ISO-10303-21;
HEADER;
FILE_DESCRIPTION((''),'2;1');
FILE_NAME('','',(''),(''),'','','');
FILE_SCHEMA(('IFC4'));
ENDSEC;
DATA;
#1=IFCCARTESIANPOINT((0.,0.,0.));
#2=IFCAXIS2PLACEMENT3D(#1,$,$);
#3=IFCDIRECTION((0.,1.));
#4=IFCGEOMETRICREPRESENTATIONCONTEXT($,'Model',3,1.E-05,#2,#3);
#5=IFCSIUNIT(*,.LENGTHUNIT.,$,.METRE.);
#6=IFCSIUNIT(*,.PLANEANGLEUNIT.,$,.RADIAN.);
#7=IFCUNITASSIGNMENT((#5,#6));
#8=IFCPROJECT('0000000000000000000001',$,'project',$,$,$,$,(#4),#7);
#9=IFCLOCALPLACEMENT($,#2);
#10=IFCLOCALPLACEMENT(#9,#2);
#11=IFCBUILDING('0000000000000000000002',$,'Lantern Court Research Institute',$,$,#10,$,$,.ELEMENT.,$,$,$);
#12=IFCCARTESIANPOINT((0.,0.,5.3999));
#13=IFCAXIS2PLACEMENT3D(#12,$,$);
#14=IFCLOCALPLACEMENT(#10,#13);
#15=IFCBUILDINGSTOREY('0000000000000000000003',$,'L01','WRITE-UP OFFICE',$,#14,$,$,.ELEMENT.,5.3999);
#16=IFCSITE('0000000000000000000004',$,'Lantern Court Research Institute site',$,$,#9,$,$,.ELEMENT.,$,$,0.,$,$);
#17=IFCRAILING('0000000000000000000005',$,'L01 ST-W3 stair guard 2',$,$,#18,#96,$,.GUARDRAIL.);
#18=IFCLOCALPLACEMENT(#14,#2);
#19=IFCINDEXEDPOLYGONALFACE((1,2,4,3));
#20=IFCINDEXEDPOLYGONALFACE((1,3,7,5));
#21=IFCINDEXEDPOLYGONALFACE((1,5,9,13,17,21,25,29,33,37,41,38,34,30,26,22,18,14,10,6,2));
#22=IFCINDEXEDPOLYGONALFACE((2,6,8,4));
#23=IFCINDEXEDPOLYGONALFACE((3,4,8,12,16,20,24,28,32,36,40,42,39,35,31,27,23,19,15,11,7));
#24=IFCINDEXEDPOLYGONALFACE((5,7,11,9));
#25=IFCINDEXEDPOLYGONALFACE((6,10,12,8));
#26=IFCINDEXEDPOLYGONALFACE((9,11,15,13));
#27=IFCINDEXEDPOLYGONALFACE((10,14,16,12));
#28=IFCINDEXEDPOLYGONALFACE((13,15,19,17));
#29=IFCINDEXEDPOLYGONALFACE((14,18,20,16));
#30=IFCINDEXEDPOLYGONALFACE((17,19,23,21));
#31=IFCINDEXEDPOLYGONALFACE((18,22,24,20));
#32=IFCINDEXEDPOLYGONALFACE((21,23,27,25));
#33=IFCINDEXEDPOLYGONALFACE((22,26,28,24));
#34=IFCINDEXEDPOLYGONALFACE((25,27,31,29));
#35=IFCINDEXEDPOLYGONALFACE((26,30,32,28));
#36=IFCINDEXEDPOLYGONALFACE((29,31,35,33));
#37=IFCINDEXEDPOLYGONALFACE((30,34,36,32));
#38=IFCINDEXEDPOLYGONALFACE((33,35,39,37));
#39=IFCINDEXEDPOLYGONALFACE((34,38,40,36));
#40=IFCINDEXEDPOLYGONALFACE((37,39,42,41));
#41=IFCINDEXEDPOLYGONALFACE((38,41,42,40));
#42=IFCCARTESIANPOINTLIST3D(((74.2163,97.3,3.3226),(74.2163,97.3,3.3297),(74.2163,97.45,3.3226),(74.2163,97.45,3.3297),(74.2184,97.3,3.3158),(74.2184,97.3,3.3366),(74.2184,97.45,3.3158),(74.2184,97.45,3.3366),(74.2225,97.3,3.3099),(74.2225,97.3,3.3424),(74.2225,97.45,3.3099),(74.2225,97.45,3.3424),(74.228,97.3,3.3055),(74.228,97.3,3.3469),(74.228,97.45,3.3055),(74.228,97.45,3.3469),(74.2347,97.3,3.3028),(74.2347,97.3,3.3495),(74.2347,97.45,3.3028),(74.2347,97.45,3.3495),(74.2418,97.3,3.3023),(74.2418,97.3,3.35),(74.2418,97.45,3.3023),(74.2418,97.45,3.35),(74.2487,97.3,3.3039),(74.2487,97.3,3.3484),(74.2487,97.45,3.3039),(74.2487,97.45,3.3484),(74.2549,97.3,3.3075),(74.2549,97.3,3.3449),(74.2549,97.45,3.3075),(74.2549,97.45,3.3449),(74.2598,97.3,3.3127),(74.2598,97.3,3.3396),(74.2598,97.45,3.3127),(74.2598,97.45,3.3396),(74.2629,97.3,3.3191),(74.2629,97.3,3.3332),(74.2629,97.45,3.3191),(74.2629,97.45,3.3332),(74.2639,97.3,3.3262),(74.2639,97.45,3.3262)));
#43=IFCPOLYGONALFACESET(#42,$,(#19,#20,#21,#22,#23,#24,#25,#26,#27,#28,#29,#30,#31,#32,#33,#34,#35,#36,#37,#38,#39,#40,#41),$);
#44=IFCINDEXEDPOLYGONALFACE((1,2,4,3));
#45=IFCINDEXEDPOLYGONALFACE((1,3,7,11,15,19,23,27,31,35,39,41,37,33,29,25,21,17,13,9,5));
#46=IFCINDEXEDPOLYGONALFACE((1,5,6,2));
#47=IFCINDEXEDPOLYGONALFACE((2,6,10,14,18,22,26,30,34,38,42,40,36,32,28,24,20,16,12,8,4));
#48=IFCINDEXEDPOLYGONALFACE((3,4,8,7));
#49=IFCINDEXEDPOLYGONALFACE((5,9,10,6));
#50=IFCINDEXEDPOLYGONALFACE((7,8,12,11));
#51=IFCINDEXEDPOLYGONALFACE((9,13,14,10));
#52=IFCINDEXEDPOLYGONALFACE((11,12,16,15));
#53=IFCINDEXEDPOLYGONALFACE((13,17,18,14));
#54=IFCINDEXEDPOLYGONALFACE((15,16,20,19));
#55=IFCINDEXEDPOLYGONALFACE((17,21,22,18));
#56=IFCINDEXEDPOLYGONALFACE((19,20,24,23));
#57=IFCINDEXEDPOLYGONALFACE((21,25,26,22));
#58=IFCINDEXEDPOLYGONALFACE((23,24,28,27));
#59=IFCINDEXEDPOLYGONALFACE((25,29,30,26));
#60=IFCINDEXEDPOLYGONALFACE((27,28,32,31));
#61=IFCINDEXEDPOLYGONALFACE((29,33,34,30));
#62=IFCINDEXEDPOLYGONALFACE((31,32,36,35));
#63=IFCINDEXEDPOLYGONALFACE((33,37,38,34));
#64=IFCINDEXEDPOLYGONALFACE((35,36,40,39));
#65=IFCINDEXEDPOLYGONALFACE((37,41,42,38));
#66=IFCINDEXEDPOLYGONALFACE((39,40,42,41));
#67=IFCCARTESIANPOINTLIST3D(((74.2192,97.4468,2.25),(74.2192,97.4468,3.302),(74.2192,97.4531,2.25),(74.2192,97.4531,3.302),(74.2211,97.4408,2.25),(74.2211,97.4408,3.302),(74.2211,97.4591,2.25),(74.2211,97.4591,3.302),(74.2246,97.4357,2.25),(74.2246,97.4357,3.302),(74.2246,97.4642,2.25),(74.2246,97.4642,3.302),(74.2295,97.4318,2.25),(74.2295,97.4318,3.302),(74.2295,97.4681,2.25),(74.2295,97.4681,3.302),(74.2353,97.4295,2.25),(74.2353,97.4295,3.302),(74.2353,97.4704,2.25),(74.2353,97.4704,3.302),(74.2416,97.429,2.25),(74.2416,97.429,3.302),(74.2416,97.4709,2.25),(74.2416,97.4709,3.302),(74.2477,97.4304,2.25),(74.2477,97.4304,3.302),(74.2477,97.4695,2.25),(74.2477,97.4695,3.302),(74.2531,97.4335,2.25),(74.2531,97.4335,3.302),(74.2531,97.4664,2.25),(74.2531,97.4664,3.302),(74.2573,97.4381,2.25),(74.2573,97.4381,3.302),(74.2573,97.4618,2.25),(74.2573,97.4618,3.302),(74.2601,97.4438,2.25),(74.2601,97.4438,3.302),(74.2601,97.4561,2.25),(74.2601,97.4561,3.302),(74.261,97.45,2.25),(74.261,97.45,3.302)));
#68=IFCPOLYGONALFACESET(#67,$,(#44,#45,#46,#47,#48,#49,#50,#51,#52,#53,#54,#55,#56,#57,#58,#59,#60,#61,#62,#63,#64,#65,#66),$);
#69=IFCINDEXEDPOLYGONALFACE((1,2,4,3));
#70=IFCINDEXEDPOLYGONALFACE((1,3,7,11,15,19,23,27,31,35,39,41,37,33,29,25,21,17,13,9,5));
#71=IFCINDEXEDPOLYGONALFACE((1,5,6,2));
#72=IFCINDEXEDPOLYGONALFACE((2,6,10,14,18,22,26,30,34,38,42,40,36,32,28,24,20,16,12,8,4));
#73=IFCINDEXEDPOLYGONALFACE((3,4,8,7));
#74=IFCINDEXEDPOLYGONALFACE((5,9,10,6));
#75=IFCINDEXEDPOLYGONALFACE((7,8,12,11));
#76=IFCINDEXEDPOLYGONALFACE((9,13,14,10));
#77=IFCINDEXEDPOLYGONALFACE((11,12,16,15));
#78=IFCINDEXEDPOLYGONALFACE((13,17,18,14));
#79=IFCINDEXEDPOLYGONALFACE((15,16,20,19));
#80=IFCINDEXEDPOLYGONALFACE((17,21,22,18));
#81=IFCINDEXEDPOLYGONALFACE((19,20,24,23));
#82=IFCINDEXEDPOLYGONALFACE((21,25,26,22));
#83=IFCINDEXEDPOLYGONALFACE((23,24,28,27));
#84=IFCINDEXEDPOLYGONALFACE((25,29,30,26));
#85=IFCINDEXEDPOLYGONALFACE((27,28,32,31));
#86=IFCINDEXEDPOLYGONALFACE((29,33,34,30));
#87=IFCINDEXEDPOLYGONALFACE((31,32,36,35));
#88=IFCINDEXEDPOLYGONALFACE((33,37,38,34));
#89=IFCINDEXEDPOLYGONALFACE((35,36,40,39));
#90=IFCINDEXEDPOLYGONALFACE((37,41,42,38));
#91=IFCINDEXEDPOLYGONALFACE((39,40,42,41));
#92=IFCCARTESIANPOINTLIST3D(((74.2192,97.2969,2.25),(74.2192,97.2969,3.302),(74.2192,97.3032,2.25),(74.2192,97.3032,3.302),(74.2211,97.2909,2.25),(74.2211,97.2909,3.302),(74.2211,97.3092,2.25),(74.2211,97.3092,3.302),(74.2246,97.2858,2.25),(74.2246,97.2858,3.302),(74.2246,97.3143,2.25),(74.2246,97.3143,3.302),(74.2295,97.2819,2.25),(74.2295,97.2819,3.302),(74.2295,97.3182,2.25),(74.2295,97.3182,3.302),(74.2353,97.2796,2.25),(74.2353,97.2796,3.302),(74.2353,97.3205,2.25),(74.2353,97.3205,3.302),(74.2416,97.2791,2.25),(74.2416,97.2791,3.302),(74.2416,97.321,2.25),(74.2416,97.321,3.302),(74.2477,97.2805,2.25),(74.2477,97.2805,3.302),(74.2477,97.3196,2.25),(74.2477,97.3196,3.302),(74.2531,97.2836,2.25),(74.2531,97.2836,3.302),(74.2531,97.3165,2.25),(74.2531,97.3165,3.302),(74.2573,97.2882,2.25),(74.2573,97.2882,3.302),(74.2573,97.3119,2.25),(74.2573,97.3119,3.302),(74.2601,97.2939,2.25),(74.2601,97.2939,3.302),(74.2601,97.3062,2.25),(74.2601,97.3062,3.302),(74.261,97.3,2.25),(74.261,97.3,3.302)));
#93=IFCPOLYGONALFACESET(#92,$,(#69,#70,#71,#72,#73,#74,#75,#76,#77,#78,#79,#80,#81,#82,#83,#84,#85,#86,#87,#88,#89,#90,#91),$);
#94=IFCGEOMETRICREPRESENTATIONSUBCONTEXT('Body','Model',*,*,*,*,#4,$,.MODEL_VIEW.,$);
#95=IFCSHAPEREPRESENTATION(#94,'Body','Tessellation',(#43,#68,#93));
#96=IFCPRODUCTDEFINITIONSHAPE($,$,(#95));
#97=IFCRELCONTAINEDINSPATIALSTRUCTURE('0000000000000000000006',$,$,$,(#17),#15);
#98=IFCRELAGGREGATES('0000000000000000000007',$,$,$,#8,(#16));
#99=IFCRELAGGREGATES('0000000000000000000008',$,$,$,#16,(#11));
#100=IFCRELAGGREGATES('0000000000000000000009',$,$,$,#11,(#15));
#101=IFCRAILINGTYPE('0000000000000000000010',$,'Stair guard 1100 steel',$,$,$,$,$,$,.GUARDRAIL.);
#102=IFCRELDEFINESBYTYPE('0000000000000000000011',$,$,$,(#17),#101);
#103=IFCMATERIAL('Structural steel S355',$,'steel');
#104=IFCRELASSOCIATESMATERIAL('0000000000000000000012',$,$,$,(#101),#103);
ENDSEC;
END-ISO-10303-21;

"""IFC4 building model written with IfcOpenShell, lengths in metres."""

from ifc_helpers import new_model, si_unit, direction, frame, origin, origin_2d, place, context, subcontext, project, spatial, circle, extrude, material, type_object, element, save


model = new_model("IFC4")

# Units and contexts
model_context = context("Model", 3, precision=1e-05, world=origin(), true_north=direction((0.0, 1.0)))
body_context = subcontext(model_context, "Body", "Model", "MODEL_VIEW")
ifc_project = project(units=[si_unit("LENGTHUNIT", "METRE"), si_unit("PLANEANGLEUNIT", "RADIAN")], contexts=[model_context])

# Site, building, storey
site_placement = place(None, origin())
site = spatial("IfcSite", under=ifc_project, at=site_placement, Name="Lantern Court Research Institute site", CompositionType="ELEMENT", RefElevation=0.0)
building_placement = place(site_placement, origin())
building = spatial("IfcBuilding", under=site, at=building_placement, Name="Lantern Court Research Institute", CompositionType="ELEMENT")
storey_placement = place(building_placement, frame((0.0, 0.0, 5.3999)))
storey = spatial("IfcBuildingStorey", under=building, at=storey_placement, Name="L01", Description="WRITE-UP OFFICE", CompositionType="ELEMENT", Elevation=5.3999)

# Railing
ifc_material_1 = material(Name="Structural steel S355", Category="steel")
railing_type_1 = type_object("IfcRailingType", Name="Stair guard 1100 steel", PredefinedType="GUARDRAIL", material=ifc_material_1)
railing_1_placement = place(storey_placement, frame((74.24, 97.45, 2.25)))
element("IfcRailing", 1, at=railing_1_placement, inside=storey, type_object=railing_type_1, Name="L01 ST-W3 stair guard 2", PredefinedType="GUARDRAIL", context=body_context, shape_type="SweptSolid", body=[
    extrude(circle(Radius=0.0239, at=origin_2d()), frame((0.0, 0.0, 1.0762), z_axis=(0.0, -1.0, 0.0), x_axis=(1.0, 0.0, 0.0)), (0.0, 0.0, 1.0), 0.1499),
    extrude(circle(Radius=0.021, at=origin_2d()), origin(), (0.0, 0.0, 1.0), 1.052),
    extrude(circle(Radius=0.021, at=origin_2d()), frame((0.0, -0.1499, 0.0)), (0.0, 0.0, 1.0), 1.052),
])

save(model, "model.ifc")
